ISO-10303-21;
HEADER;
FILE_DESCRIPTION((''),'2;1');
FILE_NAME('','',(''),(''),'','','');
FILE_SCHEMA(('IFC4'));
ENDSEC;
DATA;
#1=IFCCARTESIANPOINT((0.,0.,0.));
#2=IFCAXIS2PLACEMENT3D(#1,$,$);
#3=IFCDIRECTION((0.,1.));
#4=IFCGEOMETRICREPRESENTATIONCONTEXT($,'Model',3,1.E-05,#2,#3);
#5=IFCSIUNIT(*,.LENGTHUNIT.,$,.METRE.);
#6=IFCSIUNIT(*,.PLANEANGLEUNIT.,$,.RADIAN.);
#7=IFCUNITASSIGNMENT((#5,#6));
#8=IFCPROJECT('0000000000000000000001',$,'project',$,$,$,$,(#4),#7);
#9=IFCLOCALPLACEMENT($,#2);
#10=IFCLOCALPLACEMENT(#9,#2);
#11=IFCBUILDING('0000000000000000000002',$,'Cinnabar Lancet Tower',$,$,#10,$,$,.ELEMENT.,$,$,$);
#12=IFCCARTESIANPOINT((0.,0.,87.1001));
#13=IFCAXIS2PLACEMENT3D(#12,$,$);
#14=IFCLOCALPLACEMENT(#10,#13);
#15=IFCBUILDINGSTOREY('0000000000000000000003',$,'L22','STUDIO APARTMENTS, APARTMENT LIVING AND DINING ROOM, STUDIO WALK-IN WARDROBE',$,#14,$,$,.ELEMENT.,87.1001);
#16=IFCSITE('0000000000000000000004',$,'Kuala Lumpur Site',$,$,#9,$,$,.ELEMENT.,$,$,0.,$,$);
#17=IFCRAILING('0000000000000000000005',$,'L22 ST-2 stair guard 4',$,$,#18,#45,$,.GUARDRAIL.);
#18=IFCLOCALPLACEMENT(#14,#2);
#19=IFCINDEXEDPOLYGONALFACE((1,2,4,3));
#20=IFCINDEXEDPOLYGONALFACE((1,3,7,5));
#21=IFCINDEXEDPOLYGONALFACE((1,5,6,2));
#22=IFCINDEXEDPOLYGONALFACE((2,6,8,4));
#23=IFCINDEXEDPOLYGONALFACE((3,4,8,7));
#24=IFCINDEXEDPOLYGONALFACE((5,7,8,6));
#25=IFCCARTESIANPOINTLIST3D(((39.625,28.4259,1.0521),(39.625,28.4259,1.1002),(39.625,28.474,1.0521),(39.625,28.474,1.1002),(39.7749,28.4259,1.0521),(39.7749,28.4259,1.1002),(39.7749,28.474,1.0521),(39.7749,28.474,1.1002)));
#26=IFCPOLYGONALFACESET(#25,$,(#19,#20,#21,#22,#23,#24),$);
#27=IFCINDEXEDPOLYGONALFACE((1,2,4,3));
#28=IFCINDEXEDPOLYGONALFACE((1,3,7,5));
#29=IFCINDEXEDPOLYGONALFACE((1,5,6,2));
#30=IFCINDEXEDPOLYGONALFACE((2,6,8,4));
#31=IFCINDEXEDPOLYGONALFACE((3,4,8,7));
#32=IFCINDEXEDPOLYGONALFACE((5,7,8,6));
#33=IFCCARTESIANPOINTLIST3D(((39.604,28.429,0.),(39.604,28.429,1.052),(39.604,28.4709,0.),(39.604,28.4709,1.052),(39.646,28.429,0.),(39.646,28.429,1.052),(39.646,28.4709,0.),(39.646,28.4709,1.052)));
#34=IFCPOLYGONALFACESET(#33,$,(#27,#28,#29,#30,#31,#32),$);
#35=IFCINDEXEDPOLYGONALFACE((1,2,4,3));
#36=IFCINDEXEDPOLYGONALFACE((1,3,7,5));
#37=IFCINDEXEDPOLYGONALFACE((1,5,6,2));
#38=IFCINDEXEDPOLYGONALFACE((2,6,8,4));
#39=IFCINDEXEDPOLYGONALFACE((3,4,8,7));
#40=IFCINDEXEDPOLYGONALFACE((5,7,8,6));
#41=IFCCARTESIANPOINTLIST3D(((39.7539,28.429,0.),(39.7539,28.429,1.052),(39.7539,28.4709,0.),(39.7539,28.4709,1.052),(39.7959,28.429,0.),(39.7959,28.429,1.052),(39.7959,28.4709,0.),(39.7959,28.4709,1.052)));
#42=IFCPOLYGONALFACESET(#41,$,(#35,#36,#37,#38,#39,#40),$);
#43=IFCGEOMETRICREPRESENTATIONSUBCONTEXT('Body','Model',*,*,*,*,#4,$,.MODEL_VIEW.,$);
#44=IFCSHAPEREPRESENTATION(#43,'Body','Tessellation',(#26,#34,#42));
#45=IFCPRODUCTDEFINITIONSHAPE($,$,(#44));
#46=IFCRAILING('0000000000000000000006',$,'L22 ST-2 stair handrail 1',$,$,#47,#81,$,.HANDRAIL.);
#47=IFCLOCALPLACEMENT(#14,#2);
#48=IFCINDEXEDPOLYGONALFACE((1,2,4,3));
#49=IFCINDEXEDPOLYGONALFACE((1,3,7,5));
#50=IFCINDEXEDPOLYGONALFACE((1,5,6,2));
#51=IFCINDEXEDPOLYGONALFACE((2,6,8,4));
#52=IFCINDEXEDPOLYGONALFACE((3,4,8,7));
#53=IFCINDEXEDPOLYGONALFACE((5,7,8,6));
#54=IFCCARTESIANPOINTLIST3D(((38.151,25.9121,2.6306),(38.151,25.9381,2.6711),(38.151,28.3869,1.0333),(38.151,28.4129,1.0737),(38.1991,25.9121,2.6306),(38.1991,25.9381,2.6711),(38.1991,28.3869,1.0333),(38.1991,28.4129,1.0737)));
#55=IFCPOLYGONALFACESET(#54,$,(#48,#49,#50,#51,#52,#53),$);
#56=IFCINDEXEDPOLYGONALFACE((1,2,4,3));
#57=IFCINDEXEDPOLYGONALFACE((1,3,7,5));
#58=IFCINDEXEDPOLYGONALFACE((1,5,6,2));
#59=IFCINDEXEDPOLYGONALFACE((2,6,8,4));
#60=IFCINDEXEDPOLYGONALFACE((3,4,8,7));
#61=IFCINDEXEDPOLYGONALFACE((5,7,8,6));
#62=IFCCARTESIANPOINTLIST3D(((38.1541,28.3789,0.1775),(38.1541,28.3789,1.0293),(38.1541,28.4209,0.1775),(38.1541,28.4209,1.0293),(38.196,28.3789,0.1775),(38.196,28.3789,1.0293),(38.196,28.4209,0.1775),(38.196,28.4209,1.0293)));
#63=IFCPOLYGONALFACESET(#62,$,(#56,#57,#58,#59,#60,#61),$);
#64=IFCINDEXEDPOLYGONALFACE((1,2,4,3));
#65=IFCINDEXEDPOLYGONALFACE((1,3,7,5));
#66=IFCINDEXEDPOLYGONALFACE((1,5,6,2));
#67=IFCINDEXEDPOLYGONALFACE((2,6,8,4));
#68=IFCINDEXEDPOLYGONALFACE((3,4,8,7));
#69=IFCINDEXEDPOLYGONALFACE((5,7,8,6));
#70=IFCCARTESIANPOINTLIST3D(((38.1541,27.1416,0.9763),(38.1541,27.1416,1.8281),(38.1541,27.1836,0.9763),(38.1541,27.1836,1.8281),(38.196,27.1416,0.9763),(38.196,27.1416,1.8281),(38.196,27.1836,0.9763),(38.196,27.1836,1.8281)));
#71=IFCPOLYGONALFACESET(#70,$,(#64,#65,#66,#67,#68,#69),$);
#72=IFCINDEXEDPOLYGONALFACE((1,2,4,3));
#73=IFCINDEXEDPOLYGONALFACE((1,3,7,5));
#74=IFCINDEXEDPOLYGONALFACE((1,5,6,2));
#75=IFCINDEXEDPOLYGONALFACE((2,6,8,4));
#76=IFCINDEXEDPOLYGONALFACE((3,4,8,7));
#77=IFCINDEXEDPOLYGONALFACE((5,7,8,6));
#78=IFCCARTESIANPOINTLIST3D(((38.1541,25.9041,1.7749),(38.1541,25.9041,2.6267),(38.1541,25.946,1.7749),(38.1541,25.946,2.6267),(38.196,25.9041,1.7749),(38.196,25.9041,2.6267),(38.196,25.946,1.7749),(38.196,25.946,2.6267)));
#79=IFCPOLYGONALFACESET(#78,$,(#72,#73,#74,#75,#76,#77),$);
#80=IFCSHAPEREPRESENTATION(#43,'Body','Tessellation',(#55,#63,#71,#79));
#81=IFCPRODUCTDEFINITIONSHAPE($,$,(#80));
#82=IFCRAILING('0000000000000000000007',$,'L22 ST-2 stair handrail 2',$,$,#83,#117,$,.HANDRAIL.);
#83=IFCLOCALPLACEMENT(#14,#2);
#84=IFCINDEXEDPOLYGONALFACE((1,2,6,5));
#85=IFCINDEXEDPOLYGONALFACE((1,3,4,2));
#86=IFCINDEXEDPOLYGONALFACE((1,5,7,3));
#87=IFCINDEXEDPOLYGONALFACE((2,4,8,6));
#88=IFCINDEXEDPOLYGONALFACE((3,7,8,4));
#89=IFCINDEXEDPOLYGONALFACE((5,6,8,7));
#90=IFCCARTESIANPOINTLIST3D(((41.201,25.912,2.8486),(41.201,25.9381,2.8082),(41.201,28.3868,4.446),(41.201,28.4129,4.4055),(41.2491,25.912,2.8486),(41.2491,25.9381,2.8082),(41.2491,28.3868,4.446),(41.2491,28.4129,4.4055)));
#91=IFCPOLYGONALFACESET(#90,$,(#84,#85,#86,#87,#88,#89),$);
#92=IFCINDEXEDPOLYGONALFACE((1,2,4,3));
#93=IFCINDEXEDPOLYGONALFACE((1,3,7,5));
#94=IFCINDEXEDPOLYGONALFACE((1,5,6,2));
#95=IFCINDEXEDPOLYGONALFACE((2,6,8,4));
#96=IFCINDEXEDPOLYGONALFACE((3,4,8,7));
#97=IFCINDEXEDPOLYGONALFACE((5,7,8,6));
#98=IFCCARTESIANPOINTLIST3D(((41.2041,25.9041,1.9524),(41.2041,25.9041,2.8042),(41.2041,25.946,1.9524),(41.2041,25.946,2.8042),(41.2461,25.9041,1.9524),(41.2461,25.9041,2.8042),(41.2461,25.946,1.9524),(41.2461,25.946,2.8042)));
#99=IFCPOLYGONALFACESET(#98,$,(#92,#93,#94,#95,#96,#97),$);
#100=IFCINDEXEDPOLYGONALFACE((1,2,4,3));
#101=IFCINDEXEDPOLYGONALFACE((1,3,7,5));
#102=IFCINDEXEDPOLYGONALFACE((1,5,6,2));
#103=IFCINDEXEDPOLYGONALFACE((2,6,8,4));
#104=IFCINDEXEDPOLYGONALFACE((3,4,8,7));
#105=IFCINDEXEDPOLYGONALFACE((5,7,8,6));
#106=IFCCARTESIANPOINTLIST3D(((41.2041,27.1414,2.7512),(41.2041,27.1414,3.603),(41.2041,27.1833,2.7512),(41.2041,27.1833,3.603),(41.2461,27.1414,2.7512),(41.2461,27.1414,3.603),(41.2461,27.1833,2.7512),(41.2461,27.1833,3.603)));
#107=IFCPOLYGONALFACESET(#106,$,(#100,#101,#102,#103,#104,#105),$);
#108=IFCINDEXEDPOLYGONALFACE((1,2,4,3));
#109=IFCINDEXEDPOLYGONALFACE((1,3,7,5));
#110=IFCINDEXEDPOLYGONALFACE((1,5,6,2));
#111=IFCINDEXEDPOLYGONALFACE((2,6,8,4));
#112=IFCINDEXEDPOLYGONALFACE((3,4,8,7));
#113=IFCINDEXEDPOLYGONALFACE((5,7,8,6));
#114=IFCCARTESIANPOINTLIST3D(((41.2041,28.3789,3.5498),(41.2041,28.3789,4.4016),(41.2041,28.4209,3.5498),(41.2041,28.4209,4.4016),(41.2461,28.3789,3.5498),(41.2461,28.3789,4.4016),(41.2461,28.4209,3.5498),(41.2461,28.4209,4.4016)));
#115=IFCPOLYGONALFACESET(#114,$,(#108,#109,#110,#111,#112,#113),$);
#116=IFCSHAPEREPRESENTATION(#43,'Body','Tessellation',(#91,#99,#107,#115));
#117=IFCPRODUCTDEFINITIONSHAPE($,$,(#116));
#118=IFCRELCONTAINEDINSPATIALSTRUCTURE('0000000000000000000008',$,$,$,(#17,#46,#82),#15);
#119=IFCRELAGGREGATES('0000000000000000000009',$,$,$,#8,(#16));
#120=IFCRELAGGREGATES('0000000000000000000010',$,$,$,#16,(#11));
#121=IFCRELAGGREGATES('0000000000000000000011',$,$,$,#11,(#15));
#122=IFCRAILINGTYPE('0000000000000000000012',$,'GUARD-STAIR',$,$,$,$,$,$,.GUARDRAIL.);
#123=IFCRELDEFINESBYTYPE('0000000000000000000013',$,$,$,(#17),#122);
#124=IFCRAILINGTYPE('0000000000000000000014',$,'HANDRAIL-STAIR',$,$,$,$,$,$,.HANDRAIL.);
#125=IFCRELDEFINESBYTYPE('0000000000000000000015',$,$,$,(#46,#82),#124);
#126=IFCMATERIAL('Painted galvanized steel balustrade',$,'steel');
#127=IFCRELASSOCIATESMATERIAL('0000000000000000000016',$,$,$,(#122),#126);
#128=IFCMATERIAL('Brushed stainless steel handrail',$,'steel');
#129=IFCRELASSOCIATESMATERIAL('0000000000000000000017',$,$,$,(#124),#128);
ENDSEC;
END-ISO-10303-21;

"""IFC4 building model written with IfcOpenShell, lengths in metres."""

from ifc_helpers import new_model, si_unit, direction, frame, origin, origin_2d, place, context, subcontext, project, spatial, rectangle, extrude, material, type_object, element, save


model = new_model("IFC4")

# Units and contexts
model_context = context("Model", 3, precision=1e-05, world=origin(), true_north=direction((0.0, 1.0)))
body_context = subcontext(model_context, "Body", "Model", "MODEL_VIEW")
ifc_project = project(units=[si_unit("LENGTHUNIT", "METRE"), si_unit("PLANEANGLEUNIT", "RADIAN")], contexts=[model_context])

# Site, building, storey
site_placement = place(None, origin())
site = spatial("IfcSite", under=ifc_project, at=site_placement, Name="Kuala Lumpur Site", CompositionType="ELEMENT", RefElevation=0.0)
building_placement = place(site_placement, origin())
building = spatial("IfcBuilding", under=site, at=building_placement, Name="Cinnabar Lancet Tower", CompositionType="ELEMENT")
storey_placement = place(building_placement, frame((0.0, 0.0, 87.1001)))
storey = spatial("IfcBuildingStorey", under=building, at=storey_placement, Name="L22", Description="STUDIO APARTMENTS, APARTMENT LIVING AND DINING ROOM, STUDIO WALK-IN WARDROBE", CompositionType="ELEMENT", Elevation=87.1001)

# Railings
ifc_material_1 = material(Name="Painted galvanized steel balustrade", Category="steel")
railing_type_1 = type_object("IfcRailingType", Name="GUARD-STAIR", PredefinedType="GUARDRAIL", material=ifc_material_1)
railing_1_placement = place(storey_placement, frame((39.625, 28.45, 0.0)))
element("IfcRailing", 1, at=railing_1_placement, inside=storey, type_object=railing_type_1, Name="L22 ST-2 stair guard 4", PredefinedType="GUARDRAIL", context=body_context, shape_type="SweptSolid", body=[
    extrude(rectangle(XDim=0.0481, YDim=0.0481, at=origin_2d()), frame((0.0, 0.0, 1.0762), z_axis=(1.0, 0.0, 0.0), x_axis=(0.0, 1.0, 0.0)), (0.0, 0.0, 1.0), 0.1499),
    extrude(rectangle(XDim=0.042, YDim=0.042, at=origin_2d()), origin(), (0.0, 0.0, 1.0), 1.052),
    extrude(rectangle(XDim=0.042, YDim=0.042, at=origin_2d()), frame((0.1499, 0.0, 0.0)), (0.0, 0.0, 1.0), 1.052),
])
ifc_material_2 = material(Name="Brushed stainless steel handrail", Category="steel")
railing_type_2 = type_object("IfcRailingType", Name="HANDRAIL-STAIR", PredefinedType="HANDRAIL", material=ifc_material_2)
railing_2_placement = place(storey_placement, frame((38.175, 28.3999, 0.1775)))
element("IfcRailing", 2, at=railing_2_placement, inside=storey, type_object=railing_type_2, Name="L22 ST-2 stair handrail 1", PredefinedType="HANDRAIL", context=body_context, shape_type="SweptSolid", body=[
    extrude(rectangle(XDim=0.0481, YDim=0.0481, at=origin_2d()), frame((0.0, 0.0, 0.876), z_axis=(0.0, -0.840183, 0.542302), x_axis=(1.0, 0.0, 0.0)), (0.0, 0.0, 1.0), 2.9456),
    extrude(rectangle(XDim=0.042, YDim=0.042, at=origin_2d()), origin(), (0.0, 0.0, 1.0), 0.8518),
    extrude(rectangle(XDim=0.042, YDim=0.042, at=origin_2d()), frame((0.0, -1.2373, 0.7988)), (0.0, 0.0, 1.0), 0.8518),
    extrude(rectangle(XDim=0.042, YDim=0.042, at=origin_2d()), frame((0.0, -2.4749, 1.5974)), (0.0, 0.0, 1.0), 0.8518),
])
railing_3_placement = place(storey_placement, frame((41.2251, 25.925, 1.9524)))
element("IfcRailing", 3, at=railing_3_placement, inside=storey, type_object=railing_type_2, Name="L22 ST-2 stair handrail 2", PredefinedType="HANDRAIL", context=body_context, shape_type="SweptSolid", body=[
    extrude(rectangle(XDim=0.0481, YDim=0.0481, at=origin_2d()), frame((0.0, 0.0, 0.876), z_axis=(0.0, 0.840183, 0.542302), x_axis=(-1.0, 0.0, 0.0)), (0.0, 0.0, 1.0), 2.9456),
    extrude(rectangle(XDim=0.042, YDim=0.042, at=origin_2d()), origin(), (0.0, 0.0, 1.0), 0.8518),
    extrude(rectangle(XDim=0.042, YDim=0.042, at=origin_2d()), frame((0.0, 1.2373, 0.7988)), (0.0, 0.0, 1.0), 0.8518),
    extrude(rectangle(XDim=0.042, YDim=0.042, at=origin_2d()), frame((0.0, 2.4749, 1.5974)), (0.0, 0.0, 1.0), 0.8518),
])

save(model, "model.ifc")
